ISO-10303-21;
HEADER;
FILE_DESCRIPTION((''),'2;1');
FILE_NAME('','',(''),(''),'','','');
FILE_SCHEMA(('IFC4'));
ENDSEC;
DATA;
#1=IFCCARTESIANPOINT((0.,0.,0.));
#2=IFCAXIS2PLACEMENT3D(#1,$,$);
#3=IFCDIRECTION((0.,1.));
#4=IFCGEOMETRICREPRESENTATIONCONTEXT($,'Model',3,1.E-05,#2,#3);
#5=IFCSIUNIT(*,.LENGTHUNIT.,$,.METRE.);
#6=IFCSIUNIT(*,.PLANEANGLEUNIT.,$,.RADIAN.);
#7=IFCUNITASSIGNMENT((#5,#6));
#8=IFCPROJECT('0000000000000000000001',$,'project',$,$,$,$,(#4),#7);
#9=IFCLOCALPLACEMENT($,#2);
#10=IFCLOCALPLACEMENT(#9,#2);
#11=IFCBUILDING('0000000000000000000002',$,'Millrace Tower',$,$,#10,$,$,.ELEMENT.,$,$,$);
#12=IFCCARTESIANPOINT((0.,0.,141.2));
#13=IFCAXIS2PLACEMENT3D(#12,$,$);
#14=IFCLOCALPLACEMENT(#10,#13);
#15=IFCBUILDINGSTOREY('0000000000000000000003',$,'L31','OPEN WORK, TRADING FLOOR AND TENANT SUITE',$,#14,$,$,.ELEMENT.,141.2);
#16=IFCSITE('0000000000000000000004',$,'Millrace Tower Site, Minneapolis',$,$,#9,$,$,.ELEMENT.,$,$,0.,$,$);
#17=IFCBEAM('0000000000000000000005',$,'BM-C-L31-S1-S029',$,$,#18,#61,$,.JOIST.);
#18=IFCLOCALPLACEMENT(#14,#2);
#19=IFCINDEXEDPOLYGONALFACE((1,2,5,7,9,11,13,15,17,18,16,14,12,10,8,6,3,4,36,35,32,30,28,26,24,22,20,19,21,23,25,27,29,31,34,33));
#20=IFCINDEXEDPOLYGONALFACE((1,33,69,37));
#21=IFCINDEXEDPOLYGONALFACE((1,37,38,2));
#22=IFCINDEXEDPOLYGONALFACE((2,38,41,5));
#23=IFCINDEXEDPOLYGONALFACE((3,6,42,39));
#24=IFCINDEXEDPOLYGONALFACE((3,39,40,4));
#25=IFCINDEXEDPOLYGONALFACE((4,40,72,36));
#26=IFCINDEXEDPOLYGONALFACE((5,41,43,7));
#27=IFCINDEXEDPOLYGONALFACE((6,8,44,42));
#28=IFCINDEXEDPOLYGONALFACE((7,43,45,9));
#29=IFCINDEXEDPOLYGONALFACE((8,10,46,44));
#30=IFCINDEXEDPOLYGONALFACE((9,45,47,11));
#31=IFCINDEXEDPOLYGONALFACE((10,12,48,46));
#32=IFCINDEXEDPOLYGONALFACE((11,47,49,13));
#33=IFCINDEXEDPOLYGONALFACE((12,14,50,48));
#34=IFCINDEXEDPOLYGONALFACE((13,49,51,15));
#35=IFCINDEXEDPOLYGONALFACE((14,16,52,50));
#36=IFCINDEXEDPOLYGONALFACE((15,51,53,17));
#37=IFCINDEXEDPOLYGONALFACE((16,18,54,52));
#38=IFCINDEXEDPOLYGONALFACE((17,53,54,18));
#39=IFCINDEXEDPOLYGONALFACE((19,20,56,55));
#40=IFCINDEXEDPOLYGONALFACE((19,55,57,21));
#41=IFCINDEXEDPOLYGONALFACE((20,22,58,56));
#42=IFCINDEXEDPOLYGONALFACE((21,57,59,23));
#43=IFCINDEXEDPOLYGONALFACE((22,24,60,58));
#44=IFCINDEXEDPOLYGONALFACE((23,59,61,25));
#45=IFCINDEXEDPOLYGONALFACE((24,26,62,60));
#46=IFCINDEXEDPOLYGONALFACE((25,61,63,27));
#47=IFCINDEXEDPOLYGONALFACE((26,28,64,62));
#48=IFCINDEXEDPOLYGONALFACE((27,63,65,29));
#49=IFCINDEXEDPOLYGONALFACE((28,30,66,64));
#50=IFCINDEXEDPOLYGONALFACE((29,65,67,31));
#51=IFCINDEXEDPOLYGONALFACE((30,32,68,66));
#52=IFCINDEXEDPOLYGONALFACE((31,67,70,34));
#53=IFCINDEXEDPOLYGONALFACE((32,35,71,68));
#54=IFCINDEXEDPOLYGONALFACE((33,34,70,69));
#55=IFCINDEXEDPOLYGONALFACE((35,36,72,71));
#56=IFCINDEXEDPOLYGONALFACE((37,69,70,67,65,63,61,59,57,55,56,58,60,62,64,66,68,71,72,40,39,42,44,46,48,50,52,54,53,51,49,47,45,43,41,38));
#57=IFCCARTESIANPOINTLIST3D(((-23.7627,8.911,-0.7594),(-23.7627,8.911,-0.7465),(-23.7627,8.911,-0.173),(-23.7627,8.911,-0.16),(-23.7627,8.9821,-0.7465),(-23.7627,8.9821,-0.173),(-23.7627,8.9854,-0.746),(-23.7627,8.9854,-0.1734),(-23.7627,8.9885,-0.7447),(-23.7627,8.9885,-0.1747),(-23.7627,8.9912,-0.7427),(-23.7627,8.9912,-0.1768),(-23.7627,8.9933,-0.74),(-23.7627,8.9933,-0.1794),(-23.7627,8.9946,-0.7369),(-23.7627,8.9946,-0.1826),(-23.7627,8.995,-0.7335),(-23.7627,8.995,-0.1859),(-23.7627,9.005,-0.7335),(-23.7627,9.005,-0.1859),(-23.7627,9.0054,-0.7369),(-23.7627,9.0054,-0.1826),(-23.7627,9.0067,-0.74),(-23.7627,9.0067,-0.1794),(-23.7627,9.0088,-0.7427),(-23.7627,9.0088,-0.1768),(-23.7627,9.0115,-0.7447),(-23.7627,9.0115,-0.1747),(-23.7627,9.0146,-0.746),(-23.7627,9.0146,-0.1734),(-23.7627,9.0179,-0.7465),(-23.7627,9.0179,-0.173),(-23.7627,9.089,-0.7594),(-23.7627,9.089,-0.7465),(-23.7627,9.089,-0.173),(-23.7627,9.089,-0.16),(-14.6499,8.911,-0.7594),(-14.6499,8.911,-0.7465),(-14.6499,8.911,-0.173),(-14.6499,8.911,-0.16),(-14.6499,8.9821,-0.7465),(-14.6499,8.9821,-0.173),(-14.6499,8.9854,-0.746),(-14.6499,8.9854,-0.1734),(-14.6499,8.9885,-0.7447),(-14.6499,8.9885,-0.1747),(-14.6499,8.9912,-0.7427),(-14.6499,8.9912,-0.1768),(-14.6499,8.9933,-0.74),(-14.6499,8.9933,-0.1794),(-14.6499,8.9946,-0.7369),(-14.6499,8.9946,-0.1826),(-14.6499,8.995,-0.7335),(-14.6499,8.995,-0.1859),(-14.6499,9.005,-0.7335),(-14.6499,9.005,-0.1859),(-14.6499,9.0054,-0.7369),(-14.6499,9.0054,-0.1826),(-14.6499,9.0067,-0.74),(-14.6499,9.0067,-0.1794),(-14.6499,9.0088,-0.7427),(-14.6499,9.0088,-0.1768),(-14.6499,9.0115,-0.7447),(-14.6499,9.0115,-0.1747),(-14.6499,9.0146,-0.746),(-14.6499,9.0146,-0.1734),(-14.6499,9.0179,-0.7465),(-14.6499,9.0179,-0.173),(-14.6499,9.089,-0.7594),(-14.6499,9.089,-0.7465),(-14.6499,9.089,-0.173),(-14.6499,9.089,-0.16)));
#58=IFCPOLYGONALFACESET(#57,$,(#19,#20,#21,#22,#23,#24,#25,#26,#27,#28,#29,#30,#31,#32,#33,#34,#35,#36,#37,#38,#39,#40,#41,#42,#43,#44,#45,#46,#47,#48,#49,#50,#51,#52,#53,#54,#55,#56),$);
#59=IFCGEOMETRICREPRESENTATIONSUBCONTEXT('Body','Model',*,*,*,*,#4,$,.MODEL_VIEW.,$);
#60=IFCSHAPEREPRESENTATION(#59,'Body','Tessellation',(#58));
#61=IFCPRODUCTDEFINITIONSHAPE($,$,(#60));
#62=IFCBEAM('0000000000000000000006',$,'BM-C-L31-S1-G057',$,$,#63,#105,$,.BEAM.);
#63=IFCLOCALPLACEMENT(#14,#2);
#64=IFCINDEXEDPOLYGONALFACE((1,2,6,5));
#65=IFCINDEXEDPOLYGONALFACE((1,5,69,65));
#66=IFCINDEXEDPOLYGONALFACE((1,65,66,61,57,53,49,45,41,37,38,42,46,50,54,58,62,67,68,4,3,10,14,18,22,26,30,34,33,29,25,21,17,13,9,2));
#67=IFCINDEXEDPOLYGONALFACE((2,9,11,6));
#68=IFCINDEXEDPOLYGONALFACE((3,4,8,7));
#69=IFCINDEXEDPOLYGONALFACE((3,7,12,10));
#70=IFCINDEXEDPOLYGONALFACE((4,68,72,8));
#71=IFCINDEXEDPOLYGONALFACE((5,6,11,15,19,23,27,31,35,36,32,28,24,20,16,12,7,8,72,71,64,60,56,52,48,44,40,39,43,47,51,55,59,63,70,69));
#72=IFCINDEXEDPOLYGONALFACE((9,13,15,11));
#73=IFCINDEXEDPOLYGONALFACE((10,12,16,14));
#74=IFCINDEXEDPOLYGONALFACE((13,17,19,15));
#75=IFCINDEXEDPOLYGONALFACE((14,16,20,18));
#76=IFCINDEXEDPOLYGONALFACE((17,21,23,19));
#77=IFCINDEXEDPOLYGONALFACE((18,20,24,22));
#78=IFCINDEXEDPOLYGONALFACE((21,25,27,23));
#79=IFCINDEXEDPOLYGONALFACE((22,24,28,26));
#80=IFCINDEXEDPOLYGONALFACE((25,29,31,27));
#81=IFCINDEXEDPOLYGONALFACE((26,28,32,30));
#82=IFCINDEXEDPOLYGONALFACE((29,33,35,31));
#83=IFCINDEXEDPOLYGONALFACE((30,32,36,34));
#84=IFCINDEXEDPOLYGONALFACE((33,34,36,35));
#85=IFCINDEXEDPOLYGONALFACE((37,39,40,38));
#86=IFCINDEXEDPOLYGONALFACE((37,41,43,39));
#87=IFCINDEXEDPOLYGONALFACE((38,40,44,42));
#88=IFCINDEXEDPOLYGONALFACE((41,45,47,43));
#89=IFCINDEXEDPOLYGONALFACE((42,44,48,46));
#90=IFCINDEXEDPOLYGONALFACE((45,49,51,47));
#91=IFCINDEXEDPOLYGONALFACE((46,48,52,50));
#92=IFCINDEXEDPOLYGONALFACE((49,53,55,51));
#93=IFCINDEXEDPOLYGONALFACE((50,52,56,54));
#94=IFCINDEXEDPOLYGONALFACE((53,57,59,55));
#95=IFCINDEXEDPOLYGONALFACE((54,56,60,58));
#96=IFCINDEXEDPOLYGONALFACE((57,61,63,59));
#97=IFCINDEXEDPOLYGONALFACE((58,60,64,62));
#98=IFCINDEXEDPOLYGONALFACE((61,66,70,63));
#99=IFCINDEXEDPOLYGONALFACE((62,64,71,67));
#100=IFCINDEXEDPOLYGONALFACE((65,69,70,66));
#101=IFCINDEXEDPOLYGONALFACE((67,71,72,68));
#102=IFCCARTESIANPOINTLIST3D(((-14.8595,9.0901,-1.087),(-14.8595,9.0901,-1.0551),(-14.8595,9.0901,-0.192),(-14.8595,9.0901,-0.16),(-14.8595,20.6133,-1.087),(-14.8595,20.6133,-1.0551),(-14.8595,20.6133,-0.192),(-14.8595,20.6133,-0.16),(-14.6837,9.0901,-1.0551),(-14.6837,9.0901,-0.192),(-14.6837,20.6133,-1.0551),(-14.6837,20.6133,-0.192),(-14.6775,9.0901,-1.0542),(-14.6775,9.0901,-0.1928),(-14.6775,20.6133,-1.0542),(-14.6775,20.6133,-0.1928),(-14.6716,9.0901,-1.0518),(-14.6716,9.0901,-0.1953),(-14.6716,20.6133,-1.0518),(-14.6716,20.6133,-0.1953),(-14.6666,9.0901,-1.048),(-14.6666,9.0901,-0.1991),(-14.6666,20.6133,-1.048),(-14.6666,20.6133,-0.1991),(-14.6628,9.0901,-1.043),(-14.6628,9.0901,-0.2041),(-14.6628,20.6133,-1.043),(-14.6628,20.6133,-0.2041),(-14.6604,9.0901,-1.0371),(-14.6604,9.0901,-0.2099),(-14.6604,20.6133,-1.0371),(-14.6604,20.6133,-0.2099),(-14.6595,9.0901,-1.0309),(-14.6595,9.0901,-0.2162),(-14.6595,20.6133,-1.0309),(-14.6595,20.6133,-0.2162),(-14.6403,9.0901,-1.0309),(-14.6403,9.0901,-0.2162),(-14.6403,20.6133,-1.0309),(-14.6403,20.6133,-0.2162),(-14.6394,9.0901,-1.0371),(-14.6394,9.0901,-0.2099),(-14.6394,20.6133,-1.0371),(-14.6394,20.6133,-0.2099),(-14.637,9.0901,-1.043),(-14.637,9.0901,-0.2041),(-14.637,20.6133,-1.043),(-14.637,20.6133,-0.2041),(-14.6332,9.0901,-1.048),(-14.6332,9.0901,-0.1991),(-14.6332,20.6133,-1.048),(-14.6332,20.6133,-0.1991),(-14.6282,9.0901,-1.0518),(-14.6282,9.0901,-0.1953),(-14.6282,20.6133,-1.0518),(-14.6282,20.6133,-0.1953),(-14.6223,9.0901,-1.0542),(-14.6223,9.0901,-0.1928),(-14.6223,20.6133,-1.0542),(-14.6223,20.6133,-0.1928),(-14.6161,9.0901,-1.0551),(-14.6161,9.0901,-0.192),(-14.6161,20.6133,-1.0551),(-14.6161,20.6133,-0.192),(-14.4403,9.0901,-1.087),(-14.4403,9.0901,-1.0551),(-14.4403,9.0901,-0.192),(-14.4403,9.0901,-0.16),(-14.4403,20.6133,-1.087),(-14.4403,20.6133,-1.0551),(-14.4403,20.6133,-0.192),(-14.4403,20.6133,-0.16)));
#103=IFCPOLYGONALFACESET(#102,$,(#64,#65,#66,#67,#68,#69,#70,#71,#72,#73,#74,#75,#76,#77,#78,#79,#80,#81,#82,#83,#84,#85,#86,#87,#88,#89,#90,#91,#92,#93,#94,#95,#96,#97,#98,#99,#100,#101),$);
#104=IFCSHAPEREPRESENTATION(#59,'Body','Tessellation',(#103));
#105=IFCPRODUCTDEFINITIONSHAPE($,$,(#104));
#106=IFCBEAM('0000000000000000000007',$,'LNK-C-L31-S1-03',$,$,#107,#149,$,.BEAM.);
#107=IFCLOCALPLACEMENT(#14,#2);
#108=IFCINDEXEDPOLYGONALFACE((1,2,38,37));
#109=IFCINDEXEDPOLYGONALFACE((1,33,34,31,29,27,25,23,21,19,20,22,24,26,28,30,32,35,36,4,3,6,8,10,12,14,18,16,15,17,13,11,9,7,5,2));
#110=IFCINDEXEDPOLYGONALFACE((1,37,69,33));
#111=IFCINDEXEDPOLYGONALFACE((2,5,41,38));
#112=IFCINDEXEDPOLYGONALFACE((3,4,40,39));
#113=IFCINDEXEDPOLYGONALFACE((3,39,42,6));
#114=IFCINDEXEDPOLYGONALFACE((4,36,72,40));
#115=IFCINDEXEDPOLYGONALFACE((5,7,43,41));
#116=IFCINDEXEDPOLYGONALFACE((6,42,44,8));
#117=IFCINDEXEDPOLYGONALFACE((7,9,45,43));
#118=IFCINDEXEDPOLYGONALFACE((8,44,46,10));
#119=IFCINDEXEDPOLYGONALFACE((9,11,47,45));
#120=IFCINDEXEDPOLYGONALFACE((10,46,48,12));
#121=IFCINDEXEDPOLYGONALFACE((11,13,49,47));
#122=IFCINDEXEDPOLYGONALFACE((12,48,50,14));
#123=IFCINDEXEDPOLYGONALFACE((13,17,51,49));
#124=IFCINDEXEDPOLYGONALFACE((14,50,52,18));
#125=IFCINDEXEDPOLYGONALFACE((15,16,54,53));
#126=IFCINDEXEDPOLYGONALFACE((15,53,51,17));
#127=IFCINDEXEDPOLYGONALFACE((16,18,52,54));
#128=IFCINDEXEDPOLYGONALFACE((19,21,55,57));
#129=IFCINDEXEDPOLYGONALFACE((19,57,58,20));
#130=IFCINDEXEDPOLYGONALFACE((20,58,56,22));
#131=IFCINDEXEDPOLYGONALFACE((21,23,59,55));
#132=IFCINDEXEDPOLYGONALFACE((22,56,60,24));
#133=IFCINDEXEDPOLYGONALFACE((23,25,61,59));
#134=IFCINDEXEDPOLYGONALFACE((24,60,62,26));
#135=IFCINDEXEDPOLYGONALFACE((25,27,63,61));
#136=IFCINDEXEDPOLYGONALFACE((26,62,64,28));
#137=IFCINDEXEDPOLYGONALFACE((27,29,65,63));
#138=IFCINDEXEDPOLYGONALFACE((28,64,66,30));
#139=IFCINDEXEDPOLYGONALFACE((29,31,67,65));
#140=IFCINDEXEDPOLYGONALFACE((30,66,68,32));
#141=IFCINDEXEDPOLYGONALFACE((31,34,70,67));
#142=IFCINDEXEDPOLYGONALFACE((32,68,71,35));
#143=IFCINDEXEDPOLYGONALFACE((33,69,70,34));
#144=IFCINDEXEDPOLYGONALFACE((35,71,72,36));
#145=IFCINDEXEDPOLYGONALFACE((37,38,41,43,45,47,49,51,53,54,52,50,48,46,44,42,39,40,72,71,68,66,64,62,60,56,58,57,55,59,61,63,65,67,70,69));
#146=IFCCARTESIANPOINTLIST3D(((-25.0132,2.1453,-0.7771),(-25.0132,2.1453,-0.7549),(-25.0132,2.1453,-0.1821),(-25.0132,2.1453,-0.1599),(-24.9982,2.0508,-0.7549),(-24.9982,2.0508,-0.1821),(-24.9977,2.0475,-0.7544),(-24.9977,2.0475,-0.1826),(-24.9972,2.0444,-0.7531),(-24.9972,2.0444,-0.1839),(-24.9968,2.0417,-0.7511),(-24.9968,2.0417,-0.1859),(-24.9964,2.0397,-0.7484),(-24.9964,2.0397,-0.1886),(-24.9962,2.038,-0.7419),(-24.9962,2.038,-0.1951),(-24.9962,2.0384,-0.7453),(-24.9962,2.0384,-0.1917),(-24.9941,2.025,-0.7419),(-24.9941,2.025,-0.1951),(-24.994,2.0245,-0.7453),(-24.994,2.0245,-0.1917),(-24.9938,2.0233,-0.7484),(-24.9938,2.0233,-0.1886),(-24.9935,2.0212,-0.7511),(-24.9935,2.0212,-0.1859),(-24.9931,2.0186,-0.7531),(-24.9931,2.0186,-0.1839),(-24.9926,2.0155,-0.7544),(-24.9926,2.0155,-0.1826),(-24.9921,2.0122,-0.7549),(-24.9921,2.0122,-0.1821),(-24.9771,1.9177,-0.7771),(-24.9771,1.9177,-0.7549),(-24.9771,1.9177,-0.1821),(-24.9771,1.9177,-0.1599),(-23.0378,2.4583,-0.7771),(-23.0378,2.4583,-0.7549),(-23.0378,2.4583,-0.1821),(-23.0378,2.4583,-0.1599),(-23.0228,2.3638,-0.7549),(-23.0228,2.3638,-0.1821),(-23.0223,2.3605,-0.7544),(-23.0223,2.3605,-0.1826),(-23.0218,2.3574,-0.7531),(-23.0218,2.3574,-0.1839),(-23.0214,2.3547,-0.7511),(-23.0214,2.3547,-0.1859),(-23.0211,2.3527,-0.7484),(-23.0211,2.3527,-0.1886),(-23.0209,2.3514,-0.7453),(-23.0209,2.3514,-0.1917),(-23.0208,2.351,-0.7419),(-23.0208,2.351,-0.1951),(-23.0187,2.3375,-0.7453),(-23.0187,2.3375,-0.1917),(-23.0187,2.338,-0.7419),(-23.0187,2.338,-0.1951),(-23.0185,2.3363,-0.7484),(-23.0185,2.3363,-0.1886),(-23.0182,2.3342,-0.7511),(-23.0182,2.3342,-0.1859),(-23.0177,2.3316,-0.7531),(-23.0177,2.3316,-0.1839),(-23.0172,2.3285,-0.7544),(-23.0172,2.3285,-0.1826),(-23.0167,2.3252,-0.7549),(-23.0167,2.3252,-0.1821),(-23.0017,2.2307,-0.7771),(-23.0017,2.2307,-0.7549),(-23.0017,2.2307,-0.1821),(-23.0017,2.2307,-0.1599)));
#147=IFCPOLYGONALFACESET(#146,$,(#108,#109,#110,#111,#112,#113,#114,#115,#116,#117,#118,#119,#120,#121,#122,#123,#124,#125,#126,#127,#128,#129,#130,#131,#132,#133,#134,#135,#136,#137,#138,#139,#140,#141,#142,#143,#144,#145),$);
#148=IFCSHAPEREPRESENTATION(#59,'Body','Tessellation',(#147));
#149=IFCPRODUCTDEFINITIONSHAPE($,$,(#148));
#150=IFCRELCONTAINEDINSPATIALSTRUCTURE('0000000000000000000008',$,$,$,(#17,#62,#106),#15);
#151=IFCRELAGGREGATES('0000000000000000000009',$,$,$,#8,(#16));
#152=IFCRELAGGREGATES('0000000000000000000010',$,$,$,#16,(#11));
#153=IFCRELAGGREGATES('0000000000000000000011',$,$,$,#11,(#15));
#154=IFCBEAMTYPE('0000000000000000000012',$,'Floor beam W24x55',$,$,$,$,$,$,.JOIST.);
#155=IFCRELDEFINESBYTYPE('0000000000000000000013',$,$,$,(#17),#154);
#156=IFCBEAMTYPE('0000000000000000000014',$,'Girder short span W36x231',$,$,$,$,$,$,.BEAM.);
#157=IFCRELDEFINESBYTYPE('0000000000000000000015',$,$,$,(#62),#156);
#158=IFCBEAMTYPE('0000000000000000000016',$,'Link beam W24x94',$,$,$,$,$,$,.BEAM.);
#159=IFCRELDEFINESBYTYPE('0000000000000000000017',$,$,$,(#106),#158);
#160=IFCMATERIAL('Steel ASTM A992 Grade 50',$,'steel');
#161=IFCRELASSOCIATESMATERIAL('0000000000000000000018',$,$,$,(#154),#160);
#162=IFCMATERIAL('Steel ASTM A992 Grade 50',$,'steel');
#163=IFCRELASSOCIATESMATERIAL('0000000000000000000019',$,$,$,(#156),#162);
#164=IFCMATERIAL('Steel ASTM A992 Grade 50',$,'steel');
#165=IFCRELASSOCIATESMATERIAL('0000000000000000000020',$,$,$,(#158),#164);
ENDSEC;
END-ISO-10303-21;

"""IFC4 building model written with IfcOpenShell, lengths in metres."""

from ifc_helpers import new_model, si_unit, direction, frame, origin, origin_2d, place, context, subcontext, project, spatial, i_section, extrude, material, material_profile, profile_set, type_object, element, save


model = new_model("IFC4")

# Units and contexts
model_context = context("Model", 3, precision=1e-05, world=origin(), true_north=direction((0.0, 1.0)))
body_context = subcontext(model_context, "Body", "Model", "MODEL_VIEW")
ifc_project = project(units=[si_unit("LENGTHUNIT", "METRE"), si_unit("PLANEANGLEUNIT", "RADIAN")], contexts=[model_context])

# Site, building, storey
site_placement = place(None, origin())
site = spatial("IfcSite", under=ifc_project, at=site_placement, Name="Millrace Tower Site, Minneapolis", CompositionType="ELEMENT", RefElevation=0.0)
building_placement = place(site_placement, origin())
building = spatial("IfcBuilding", under=site, at=building_placement, Name="Millrace Tower", CompositionType="ELEMENT")
storey_placement = place(building_placement, frame((0.0, 0.0, 141.2)))
storey = spatial("IfcBuildingStorey", under=building, at=storey_placement, Name="L31", Description="OPEN WORK, TRADING FLOOR AND TENANT SUITE", CompositionType="ELEMENT", Elevation=141.2)

# Beams
ifc_material_1 = material(Name="Steel ASTM A992 Grade 50", Category="steel")
ifc_material_profile_1 = material_profile(ifc_material_1, i_section(OverallWidth=0.178, OverallDepth=0.5994, WebThickness=0.01, FlangeThickness=0.0129, FilletRadius=0.0129, at=origin_2d()))
ifc_profile_set_1 = profile_set([ifc_material_profile_1], Name="Steel ASTM A992 Grade 50")
beam_type_1 = type_object("IfcBeamType", Name="Floor beam W24x55", PredefinedType="JOIST", material=ifc_profile_set_1)
beam_1_placement = place(storey_placement, frame((-23.7627, 9.0, -0.4597), z_axis=(1.0, 0.0, 0.0), x_axis=(0.0, 1.0, 0.0)))
element("IfcBeam", 1, at=beam_1_placement, inside=storey, type_object=beam_type_1, Name="BM-C-L31-S1-S029", PredefinedType="JOIST", context=body_context, shape_type="SweptSolid", body=[
    extrude(i_section(OverallWidth=0.178, OverallDepth=0.5994, WebThickness=0.01, FlangeThickness=0.0129, FilletRadius=0.0129, at=origin_2d()), origin(), (0.0, 0.0, 1.0), 9.1128),
])
ifc_material_2 = material(Name="Steel ASTM A992 Grade 50", Category="steel")
ifc_material_profile_2 = material_profile(ifc_material_2, i_section(OverallWidth=0.4192, OverallDepth=0.927, WebThickness=0.0193, FlangeThickness=0.032, FilletRadius=0.0242, at=origin_2d()))
ifc_profile_set_2 = profile_set([ifc_material_profile_2], Name="Steel ASTM A992 Grade 50")
beam_type_2 = type_object("IfcBeamType", Name="Girder short span W36x231", PredefinedType="BEAM", material=ifc_profile_set_2)
beam_2_placement = place(storey_placement, frame((-14.6499, 9.0901, -0.6235), z_axis=(0.0, 1.0, 0.0), x_axis=(-1.0, 0.0, 0.0)))
element("IfcBeam", 2, at=beam_2_placement, inside=storey, type_object=beam_type_2, Name="BM-C-L31-S1-G057", PredefinedType="BEAM", context=body_context, shape_type="SweptSolid", body=[
    extrude(i_section(OverallWidth=0.4192, OverallDepth=0.927, WebThickness=0.0193, FlangeThickness=0.032, FilletRadius=0.0242, at=origin_2d()), origin(), (0.0, 0.0, 1.0), 11.5232),
])
ifc_material_3 = material(Name="Steel ASTM A992 Grade 50", Category="steel")
ifc_material_profile_3 = material_profile(ifc_material_3, i_section(OverallWidth=0.2305, OverallDepth=0.6172, WebThickness=0.0132, FlangeThickness=0.0222, FilletRadius=0.0129, at=origin_2d()))
ifc_profile_set_3 = profile_set([ifc_material_profile_3], Name="Steel ASTM A992 Grade 50")
beam_type_3 = type_object("IfcBeamType", Name="Link beam W24x94", PredefinedType="BEAM", material=ifc_profile_set_3)
beam_3_placement = place(storey_placement, frame((-23.0198, 2.3445, -0.4685), z_axis=(-0.987679, -0.156495, 0.0), x_axis=(0.156495, -0.987679, 0.0)))
element("IfcBeam", 3, at=beam_3_placement, inside=storey, type_object=beam_type_3, Name="LNK-C-L31-S1-03", PredefinedType="BEAM", context=body_context, shape_type="SweptSolid", body=[
    extrude(i_section(OverallWidth=0.2305, OverallDepth=0.6172, WebThickness=0.0132, FlangeThickness=0.0222, FilletRadius=0.0129, at=origin_2d()), origin(), (0.0, 0.0, 1.0), 2.0),
])

save(model, "model.ifc")
